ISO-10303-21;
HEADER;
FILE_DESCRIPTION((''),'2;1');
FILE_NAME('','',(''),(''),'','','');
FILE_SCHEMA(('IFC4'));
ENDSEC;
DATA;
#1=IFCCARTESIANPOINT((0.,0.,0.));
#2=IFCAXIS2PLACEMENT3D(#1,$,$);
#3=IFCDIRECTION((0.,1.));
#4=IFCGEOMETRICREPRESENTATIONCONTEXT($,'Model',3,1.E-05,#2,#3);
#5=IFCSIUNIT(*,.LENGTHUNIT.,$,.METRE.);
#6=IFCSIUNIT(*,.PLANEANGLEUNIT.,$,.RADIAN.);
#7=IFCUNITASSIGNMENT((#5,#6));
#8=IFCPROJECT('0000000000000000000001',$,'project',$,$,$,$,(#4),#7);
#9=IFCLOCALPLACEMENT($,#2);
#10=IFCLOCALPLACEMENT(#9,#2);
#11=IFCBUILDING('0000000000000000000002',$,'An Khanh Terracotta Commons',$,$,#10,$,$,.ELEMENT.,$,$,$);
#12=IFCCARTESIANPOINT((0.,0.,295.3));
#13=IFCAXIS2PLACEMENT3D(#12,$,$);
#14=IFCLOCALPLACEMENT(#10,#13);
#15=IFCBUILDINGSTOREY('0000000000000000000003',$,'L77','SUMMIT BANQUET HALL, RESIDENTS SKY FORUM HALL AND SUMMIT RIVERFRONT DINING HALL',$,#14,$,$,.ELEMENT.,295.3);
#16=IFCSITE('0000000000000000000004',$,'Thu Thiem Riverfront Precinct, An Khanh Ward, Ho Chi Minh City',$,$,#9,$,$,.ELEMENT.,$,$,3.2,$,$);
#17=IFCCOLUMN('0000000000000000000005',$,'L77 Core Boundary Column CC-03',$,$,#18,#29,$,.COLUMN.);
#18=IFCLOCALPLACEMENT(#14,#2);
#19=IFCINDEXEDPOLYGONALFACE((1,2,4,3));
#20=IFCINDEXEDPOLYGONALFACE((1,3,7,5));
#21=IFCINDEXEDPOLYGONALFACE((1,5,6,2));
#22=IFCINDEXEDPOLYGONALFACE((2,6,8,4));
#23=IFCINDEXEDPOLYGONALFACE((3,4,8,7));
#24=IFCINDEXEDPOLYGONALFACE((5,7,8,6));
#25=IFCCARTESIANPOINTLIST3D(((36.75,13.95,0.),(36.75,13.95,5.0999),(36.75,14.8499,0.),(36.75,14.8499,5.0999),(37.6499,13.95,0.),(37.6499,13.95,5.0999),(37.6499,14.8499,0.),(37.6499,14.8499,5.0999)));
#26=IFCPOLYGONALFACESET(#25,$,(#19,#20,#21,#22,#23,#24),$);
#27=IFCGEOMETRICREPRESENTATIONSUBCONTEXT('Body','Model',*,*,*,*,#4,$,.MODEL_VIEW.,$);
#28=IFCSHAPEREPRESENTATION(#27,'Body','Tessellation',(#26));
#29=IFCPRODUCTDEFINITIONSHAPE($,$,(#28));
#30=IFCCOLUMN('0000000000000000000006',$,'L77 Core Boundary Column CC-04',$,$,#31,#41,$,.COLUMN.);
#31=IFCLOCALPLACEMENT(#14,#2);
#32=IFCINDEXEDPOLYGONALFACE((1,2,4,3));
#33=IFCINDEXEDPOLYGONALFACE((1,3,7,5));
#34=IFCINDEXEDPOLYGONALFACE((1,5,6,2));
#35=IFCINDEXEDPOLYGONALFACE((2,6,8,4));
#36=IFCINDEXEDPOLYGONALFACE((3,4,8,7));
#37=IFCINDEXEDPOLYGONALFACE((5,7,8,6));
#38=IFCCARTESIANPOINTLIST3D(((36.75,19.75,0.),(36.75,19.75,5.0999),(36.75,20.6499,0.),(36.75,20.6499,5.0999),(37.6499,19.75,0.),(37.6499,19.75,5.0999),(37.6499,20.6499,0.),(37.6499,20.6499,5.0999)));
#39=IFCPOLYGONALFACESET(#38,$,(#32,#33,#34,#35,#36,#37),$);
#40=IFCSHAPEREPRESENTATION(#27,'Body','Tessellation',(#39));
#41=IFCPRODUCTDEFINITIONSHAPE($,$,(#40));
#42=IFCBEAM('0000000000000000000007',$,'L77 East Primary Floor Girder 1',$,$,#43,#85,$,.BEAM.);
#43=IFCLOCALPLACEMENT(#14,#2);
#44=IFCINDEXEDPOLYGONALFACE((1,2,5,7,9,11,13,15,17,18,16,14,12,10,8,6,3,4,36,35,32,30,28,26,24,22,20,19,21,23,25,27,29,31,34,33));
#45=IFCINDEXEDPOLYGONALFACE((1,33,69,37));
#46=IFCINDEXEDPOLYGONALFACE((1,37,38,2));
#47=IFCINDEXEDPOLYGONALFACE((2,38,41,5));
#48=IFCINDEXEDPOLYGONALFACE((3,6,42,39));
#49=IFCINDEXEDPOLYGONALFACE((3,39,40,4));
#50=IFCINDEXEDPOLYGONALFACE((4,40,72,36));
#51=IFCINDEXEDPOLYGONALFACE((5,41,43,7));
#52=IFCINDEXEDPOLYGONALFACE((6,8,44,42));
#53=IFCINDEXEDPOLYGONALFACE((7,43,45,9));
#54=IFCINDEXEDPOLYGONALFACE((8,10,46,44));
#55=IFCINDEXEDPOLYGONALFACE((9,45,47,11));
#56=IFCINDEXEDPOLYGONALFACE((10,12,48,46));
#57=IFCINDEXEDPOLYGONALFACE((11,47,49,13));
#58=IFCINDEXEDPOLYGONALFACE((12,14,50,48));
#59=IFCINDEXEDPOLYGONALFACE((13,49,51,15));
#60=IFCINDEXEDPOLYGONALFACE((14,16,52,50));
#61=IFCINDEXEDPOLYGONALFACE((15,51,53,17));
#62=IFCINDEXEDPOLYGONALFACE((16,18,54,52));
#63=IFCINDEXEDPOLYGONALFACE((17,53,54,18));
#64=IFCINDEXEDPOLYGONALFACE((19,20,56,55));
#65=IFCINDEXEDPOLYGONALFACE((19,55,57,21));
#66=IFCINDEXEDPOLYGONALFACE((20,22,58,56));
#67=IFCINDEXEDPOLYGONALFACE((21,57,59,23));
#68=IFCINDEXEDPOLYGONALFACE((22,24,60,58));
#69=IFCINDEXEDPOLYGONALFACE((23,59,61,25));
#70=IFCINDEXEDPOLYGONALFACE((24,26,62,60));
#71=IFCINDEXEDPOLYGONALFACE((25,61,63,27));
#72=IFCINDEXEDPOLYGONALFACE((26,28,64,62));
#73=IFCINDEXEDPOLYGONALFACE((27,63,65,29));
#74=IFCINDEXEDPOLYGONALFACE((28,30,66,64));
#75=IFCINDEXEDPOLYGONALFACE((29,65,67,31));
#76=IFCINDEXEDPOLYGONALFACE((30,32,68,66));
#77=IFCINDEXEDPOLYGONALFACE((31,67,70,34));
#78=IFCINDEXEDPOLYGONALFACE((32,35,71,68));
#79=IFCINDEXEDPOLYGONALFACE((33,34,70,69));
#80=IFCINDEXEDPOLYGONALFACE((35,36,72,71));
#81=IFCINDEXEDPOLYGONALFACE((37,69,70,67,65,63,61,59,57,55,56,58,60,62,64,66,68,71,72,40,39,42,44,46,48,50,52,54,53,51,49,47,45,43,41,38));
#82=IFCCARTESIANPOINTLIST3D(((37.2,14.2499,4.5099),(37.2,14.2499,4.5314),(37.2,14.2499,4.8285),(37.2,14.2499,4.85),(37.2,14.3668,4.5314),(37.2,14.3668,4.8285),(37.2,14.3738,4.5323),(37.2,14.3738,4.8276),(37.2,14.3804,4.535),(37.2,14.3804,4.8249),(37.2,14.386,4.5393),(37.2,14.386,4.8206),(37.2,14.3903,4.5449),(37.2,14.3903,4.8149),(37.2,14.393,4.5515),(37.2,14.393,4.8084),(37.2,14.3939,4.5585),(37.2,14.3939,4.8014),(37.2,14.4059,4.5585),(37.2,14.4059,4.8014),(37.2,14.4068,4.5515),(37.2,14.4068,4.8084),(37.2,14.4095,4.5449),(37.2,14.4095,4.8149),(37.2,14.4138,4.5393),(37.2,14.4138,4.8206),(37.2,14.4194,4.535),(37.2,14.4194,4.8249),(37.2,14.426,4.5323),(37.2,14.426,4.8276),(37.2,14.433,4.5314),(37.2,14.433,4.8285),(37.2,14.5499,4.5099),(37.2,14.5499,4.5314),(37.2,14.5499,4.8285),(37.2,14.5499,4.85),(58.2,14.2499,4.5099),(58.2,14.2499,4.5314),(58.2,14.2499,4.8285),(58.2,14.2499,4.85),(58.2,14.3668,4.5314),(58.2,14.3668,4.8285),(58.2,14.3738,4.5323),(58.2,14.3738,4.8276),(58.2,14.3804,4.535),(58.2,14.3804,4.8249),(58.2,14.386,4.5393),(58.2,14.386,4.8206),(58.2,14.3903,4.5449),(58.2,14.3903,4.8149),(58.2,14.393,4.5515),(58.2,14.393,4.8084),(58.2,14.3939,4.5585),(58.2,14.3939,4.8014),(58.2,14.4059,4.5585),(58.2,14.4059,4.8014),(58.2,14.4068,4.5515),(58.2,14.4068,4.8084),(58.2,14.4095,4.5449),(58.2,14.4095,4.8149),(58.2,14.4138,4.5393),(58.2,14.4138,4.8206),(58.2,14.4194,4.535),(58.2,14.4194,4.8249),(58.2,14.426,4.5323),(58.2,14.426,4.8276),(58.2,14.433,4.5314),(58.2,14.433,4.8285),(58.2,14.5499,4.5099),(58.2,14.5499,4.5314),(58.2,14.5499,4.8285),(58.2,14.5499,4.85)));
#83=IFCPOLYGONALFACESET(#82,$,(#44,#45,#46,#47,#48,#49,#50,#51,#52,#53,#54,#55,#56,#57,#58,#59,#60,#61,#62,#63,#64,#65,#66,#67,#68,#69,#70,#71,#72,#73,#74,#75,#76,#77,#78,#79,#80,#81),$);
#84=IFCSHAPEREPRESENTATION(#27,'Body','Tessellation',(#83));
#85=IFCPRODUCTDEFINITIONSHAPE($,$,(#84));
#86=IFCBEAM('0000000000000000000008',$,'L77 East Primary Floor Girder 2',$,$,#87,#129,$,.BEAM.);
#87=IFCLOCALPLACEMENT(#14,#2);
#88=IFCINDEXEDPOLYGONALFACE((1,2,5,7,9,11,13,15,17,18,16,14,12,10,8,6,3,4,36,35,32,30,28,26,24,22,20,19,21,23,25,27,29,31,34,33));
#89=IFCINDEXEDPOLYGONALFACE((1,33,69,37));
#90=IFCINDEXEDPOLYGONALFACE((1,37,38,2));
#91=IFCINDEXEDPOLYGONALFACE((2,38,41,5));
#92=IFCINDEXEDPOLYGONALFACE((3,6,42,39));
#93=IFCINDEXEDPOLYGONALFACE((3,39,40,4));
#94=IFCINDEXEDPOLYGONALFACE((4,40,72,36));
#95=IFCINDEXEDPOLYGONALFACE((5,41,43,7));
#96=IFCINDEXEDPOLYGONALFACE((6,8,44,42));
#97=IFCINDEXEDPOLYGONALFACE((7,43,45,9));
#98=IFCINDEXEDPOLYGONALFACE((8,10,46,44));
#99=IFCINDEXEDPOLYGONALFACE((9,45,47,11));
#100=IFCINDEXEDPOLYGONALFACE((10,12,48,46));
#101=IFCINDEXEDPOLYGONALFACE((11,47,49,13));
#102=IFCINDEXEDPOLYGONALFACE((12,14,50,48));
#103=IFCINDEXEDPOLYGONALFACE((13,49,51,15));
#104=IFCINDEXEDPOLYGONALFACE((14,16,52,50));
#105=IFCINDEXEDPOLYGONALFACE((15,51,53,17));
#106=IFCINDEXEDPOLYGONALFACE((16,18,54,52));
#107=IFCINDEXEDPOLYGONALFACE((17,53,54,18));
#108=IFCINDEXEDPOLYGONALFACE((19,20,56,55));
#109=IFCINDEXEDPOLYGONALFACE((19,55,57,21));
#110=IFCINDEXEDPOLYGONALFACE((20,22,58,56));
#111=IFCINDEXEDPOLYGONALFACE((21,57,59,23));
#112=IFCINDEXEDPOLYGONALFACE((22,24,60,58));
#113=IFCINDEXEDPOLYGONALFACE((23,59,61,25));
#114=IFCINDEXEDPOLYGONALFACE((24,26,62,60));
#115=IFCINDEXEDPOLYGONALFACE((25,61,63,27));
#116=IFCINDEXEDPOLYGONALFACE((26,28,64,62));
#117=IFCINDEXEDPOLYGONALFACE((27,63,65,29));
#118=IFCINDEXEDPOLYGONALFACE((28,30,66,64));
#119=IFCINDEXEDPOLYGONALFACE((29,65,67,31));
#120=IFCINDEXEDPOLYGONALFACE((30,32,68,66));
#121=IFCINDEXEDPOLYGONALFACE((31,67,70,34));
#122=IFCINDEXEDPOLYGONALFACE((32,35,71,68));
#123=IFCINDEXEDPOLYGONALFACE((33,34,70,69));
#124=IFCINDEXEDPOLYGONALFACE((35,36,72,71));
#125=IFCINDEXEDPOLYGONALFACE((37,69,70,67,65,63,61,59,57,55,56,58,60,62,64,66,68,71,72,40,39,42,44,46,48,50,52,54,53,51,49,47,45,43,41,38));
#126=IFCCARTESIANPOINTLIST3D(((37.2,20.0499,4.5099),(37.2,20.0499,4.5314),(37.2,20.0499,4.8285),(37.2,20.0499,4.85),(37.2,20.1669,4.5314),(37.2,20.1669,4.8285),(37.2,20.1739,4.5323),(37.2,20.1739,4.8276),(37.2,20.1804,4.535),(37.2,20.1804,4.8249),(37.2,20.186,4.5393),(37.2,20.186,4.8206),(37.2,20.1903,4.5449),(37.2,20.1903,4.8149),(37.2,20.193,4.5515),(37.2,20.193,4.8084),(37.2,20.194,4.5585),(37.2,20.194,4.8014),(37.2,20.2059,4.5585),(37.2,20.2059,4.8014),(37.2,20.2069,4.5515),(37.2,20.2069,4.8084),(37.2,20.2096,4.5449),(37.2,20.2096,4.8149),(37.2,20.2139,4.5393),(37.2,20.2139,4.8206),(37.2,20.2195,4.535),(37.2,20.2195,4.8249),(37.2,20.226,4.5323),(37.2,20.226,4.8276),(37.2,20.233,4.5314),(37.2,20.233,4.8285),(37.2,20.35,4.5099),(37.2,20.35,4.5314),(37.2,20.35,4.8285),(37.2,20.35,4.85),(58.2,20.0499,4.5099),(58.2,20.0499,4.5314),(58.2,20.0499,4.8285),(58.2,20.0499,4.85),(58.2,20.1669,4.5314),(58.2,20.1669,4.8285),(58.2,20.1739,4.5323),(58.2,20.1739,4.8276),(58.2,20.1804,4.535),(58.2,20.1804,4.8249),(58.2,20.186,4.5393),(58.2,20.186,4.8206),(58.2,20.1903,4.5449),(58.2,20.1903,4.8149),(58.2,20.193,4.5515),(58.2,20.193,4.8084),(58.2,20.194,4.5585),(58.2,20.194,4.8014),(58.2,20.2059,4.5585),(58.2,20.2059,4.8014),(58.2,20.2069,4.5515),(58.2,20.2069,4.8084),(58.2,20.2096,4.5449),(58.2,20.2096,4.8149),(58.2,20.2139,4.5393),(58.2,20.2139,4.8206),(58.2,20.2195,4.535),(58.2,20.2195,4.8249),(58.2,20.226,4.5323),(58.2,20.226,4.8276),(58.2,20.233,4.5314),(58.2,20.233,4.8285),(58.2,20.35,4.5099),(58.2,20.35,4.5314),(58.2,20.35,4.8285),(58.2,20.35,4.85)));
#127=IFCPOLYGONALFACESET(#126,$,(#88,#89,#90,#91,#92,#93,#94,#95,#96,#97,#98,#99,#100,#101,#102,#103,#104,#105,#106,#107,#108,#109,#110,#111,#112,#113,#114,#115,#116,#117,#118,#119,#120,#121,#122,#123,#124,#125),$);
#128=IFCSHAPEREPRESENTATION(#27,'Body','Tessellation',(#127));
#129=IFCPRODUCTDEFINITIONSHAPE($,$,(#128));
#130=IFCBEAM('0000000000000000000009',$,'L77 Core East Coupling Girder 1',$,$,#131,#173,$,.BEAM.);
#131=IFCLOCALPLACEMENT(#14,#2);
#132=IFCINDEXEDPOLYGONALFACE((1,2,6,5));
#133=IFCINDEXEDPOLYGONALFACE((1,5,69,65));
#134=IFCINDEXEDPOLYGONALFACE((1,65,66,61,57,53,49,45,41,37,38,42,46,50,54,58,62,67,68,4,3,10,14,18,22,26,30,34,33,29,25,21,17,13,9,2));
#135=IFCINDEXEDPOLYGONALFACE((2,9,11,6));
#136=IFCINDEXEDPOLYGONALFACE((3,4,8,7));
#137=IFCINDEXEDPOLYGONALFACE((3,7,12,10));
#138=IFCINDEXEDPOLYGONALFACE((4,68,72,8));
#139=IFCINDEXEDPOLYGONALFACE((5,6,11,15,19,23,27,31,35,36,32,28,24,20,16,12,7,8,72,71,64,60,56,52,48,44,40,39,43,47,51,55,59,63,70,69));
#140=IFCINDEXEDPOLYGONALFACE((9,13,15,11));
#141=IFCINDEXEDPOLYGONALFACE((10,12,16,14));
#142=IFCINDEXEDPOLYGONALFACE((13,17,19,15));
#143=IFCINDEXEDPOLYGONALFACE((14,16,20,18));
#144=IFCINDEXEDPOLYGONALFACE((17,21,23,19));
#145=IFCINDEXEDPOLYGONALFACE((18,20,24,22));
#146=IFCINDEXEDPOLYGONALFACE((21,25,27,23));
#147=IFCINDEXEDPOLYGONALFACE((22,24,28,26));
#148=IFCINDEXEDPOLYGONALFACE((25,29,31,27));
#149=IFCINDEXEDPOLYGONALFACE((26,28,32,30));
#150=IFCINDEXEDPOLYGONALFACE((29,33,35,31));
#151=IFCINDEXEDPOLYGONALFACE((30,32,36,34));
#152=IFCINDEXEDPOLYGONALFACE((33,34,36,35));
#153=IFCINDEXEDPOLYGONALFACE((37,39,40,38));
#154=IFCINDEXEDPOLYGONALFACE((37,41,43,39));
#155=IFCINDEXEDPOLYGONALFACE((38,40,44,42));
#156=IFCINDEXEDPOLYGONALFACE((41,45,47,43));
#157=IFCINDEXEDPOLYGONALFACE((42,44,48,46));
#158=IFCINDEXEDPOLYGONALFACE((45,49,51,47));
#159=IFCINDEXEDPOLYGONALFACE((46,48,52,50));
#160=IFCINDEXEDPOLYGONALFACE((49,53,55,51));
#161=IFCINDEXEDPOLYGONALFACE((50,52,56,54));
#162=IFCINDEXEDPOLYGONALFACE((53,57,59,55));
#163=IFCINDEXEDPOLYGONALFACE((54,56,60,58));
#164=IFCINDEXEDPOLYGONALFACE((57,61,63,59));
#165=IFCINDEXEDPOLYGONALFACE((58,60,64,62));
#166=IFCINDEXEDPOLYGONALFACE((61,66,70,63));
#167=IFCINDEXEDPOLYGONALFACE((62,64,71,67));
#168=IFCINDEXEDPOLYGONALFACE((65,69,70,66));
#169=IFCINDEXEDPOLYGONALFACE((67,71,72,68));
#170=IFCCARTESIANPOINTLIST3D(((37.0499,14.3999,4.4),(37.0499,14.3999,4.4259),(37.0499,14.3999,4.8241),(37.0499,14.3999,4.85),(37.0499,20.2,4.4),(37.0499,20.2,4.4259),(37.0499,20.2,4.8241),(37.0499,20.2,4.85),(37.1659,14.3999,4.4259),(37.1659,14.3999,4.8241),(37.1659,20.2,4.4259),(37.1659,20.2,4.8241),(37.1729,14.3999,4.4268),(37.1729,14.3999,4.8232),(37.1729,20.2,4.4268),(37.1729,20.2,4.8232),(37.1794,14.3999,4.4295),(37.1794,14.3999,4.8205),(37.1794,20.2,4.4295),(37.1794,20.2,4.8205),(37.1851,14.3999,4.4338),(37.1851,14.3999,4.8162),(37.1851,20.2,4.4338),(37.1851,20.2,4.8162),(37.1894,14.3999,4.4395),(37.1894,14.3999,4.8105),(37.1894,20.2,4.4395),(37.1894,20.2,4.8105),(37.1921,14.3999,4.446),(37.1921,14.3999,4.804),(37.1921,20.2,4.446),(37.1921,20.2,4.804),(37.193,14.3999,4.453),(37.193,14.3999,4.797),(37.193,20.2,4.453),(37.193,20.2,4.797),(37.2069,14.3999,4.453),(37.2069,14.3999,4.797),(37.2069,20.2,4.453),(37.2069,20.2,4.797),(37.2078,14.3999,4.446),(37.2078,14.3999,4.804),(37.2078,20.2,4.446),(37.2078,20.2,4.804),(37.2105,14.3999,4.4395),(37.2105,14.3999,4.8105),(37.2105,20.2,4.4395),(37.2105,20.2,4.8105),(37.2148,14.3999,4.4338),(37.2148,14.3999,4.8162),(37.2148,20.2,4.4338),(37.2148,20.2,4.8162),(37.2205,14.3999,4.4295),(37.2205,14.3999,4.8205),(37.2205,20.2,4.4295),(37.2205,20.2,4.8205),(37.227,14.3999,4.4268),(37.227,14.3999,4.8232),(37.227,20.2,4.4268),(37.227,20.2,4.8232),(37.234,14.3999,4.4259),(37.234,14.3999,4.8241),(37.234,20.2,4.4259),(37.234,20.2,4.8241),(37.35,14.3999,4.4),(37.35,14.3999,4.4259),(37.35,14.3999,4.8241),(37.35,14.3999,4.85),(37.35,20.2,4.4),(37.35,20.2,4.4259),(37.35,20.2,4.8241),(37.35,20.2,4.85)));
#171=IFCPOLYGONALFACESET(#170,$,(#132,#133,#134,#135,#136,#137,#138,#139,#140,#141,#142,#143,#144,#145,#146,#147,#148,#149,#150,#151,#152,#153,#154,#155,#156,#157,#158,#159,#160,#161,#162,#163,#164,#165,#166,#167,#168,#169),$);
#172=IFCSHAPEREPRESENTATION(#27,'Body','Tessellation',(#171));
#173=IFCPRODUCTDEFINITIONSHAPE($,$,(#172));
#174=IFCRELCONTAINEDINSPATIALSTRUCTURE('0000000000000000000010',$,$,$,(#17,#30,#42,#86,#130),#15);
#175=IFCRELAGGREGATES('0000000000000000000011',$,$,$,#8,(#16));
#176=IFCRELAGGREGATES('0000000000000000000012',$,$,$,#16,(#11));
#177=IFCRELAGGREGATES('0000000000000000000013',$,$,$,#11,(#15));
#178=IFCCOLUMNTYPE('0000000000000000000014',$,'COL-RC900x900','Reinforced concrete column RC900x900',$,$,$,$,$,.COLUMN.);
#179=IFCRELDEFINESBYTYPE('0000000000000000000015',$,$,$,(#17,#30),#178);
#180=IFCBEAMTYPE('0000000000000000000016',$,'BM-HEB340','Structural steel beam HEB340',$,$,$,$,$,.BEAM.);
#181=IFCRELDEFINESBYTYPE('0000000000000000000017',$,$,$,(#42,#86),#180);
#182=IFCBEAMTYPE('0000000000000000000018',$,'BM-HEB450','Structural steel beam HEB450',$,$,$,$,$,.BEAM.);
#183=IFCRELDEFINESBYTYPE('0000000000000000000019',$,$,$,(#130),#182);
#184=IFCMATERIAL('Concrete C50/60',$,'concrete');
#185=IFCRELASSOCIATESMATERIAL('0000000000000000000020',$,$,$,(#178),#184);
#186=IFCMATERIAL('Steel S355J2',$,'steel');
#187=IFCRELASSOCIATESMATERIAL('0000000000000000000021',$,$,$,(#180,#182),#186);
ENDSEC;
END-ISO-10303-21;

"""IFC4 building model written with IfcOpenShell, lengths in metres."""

from ifc_helpers import new_model, si_unit, direction, frame, origin, origin_2d, place, context, subcontext, project, spatial, rectangle, i_section, extrude, material, material_profile, profile_set, type_object, element, save


model = new_model("IFC4")

# Units and contexts
model_context = context("Model", 3, precision=1e-05, world=origin(), true_north=direction((0.0, 1.0)))
body_context = subcontext(model_context, "Body", "Model", "MODEL_VIEW")
ifc_project = project(units=[si_unit("LENGTHUNIT", "METRE"), si_unit("PLANEANGLEUNIT", "RADIAN")], contexts=[model_context])

# Site, building, storey
site_placement = place(None, origin())
site = spatial("IfcSite", under=ifc_project, at=site_placement, Name="Thu Thiem Riverfront Precinct, An Khanh Ward, Ho Chi Minh City", CompositionType="ELEMENT", RefElevation=3.2)
building_placement = place(site_placement, origin())
building = spatial("IfcBuilding", under=site, at=building_placement, Name="An Khanh Terracotta Commons", CompositionType="ELEMENT")
storey_placement = place(building_placement, frame((0.0, 0.0, 295.3)))
storey = spatial("IfcBuildingStorey", under=building, at=storey_placement, Name="L77", Description="SUMMIT BANQUET HALL, RESIDENTS SKY FORUM HALL AND SUMMIT RIVERFRONT DINING HALL", CompositionType="ELEMENT", Elevation=295.3)

# Columns
ifc_material_1 = material(Name="Concrete C50/60", Category="concrete")
ifc_material_profile_1 = material_profile(ifc_material_1, rectangle(XDim=0.8999, YDim=0.8999, at=origin_2d()), Name="RC900x900")
ifc_profile_set_1 = profile_set([ifc_material_profile_1], Name="Concrete C50/60")
column_type = type_object("IfcColumnType", Name="COL-RC900x900", Description="Reinforced concrete column RC900x900", PredefinedType="COLUMN", material=ifc_profile_set_1)
for number, where, z_axis, x_axis, name in (
    (1, (37.2, 14.3999, 0.0), (0.0, 0.0, 1.0), (1.0, 0.0, 0.0), "L77 Core Boundary Column CC-03"),
    (2, (37.2, 20.2, 0.0), (0.0, 0.0, 1.0), (1.0, 0.0, 0.0), "L77 Core Boundary Column CC-04"),
):
    element("IfcColumn", number, at=place(storey_placement, frame(where, z_axis=z_axis, x_axis=x_axis)), inside=storey, type_object=column_type, Name=name, PredefinedType="COLUMN", context=body_context, shape_type="SweptSolid", body=[
        extrude(rectangle(XDim=0.8999, YDim=0.8999, at=origin_2d()), origin(), (0.0, 0.0, 1.0), 5.0999),
    ])

# Beams
ifc_material_2 = material(Name="Steel S355J2", Category="steel")
ifc_material_profile_2 = material_profile(ifc_material_2, i_section(OverallWidth=0.3, OverallDepth=0.3401, WebThickness=0.012, FlangeThickness=0.0215, FilletRadius=0.0271, at=origin_2d()), Name="HEB340")
ifc_profile_set_2 = profile_set([ifc_material_profile_2], Name="Steel S355J2")
beam_type_1 = type_object("IfcBeamType", Name="BM-HEB340", Description="Structural steel beam HEB340", PredefinedType="BEAM", material=ifc_profile_set_2)
for number, where, z_axis, x_axis, name in (
    (3, (37.2, 14.3999, 4.6799), (1.0, 0.0, 0.0), (0.0, 1.0, 0.0), "L77 East Primary Floor Girder 1"),
    (4, (37.2, 20.2, 4.6799), (1.0, 0.0, 0.0), (0.0, 1.0, 0.0), "L77 East Primary Floor Girder 2"),
):
    element("IfcBeam", number, at=place(storey_placement, frame(where, z_axis=z_axis, x_axis=x_axis)), inside=storey, type_object=beam_type_1, Name=name, PredefinedType="BEAM", context=body_context, shape_type="SweptSolid", body=[
        extrude(i_section(OverallWidth=0.3, OverallDepth=0.3401, WebThickness=0.012, FlangeThickness=0.0215, FilletRadius=0.0271, at=origin_2d()), origin(), (0.0, 0.0, 1.0), 21.0),
    ])
ifc_material_profile_3 = material_profile(ifc_material_2, i_section(OverallWidth=0.3, OverallDepth=0.45, WebThickness=0.0139, FlangeThickness=0.0259, FilletRadius=0.0271, at=origin_2d()), Name="HEB450")
ifc_profile_set_3 = profile_set([ifc_material_profile_3], Name="Steel S355J2")
beam_type_2 = type_object("IfcBeamType", Name="BM-HEB450", Description="Structural steel beam HEB450", PredefinedType="BEAM", material=ifc_profile_set_3)
beam_1_placement = place(storey_placement, frame((37.2, 14.3999, 4.625), z_axis=(0.0, 1.0, 0.0), x_axis=(-1.0, 0.0, 0.0)))
element("IfcBeam", 5, at=beam_1_placement, inside=storey, type_object=beam_type_2, Name="L77 Core East Coupling Girder 1", PredefinedType="BEAM", context=body_context, shape_type="SweptSolid", body=[
    extrude(i_section(OverallWidth=0.3, OverallDepth=0.45, WebThickness=0.0139, FlangeThickness=0.0259, FilletRadius=0.0271, at=origin_2d()), origin(), (0.0, 0.0, 1.0), 5.8),
])

save(model, "model.ifc")
